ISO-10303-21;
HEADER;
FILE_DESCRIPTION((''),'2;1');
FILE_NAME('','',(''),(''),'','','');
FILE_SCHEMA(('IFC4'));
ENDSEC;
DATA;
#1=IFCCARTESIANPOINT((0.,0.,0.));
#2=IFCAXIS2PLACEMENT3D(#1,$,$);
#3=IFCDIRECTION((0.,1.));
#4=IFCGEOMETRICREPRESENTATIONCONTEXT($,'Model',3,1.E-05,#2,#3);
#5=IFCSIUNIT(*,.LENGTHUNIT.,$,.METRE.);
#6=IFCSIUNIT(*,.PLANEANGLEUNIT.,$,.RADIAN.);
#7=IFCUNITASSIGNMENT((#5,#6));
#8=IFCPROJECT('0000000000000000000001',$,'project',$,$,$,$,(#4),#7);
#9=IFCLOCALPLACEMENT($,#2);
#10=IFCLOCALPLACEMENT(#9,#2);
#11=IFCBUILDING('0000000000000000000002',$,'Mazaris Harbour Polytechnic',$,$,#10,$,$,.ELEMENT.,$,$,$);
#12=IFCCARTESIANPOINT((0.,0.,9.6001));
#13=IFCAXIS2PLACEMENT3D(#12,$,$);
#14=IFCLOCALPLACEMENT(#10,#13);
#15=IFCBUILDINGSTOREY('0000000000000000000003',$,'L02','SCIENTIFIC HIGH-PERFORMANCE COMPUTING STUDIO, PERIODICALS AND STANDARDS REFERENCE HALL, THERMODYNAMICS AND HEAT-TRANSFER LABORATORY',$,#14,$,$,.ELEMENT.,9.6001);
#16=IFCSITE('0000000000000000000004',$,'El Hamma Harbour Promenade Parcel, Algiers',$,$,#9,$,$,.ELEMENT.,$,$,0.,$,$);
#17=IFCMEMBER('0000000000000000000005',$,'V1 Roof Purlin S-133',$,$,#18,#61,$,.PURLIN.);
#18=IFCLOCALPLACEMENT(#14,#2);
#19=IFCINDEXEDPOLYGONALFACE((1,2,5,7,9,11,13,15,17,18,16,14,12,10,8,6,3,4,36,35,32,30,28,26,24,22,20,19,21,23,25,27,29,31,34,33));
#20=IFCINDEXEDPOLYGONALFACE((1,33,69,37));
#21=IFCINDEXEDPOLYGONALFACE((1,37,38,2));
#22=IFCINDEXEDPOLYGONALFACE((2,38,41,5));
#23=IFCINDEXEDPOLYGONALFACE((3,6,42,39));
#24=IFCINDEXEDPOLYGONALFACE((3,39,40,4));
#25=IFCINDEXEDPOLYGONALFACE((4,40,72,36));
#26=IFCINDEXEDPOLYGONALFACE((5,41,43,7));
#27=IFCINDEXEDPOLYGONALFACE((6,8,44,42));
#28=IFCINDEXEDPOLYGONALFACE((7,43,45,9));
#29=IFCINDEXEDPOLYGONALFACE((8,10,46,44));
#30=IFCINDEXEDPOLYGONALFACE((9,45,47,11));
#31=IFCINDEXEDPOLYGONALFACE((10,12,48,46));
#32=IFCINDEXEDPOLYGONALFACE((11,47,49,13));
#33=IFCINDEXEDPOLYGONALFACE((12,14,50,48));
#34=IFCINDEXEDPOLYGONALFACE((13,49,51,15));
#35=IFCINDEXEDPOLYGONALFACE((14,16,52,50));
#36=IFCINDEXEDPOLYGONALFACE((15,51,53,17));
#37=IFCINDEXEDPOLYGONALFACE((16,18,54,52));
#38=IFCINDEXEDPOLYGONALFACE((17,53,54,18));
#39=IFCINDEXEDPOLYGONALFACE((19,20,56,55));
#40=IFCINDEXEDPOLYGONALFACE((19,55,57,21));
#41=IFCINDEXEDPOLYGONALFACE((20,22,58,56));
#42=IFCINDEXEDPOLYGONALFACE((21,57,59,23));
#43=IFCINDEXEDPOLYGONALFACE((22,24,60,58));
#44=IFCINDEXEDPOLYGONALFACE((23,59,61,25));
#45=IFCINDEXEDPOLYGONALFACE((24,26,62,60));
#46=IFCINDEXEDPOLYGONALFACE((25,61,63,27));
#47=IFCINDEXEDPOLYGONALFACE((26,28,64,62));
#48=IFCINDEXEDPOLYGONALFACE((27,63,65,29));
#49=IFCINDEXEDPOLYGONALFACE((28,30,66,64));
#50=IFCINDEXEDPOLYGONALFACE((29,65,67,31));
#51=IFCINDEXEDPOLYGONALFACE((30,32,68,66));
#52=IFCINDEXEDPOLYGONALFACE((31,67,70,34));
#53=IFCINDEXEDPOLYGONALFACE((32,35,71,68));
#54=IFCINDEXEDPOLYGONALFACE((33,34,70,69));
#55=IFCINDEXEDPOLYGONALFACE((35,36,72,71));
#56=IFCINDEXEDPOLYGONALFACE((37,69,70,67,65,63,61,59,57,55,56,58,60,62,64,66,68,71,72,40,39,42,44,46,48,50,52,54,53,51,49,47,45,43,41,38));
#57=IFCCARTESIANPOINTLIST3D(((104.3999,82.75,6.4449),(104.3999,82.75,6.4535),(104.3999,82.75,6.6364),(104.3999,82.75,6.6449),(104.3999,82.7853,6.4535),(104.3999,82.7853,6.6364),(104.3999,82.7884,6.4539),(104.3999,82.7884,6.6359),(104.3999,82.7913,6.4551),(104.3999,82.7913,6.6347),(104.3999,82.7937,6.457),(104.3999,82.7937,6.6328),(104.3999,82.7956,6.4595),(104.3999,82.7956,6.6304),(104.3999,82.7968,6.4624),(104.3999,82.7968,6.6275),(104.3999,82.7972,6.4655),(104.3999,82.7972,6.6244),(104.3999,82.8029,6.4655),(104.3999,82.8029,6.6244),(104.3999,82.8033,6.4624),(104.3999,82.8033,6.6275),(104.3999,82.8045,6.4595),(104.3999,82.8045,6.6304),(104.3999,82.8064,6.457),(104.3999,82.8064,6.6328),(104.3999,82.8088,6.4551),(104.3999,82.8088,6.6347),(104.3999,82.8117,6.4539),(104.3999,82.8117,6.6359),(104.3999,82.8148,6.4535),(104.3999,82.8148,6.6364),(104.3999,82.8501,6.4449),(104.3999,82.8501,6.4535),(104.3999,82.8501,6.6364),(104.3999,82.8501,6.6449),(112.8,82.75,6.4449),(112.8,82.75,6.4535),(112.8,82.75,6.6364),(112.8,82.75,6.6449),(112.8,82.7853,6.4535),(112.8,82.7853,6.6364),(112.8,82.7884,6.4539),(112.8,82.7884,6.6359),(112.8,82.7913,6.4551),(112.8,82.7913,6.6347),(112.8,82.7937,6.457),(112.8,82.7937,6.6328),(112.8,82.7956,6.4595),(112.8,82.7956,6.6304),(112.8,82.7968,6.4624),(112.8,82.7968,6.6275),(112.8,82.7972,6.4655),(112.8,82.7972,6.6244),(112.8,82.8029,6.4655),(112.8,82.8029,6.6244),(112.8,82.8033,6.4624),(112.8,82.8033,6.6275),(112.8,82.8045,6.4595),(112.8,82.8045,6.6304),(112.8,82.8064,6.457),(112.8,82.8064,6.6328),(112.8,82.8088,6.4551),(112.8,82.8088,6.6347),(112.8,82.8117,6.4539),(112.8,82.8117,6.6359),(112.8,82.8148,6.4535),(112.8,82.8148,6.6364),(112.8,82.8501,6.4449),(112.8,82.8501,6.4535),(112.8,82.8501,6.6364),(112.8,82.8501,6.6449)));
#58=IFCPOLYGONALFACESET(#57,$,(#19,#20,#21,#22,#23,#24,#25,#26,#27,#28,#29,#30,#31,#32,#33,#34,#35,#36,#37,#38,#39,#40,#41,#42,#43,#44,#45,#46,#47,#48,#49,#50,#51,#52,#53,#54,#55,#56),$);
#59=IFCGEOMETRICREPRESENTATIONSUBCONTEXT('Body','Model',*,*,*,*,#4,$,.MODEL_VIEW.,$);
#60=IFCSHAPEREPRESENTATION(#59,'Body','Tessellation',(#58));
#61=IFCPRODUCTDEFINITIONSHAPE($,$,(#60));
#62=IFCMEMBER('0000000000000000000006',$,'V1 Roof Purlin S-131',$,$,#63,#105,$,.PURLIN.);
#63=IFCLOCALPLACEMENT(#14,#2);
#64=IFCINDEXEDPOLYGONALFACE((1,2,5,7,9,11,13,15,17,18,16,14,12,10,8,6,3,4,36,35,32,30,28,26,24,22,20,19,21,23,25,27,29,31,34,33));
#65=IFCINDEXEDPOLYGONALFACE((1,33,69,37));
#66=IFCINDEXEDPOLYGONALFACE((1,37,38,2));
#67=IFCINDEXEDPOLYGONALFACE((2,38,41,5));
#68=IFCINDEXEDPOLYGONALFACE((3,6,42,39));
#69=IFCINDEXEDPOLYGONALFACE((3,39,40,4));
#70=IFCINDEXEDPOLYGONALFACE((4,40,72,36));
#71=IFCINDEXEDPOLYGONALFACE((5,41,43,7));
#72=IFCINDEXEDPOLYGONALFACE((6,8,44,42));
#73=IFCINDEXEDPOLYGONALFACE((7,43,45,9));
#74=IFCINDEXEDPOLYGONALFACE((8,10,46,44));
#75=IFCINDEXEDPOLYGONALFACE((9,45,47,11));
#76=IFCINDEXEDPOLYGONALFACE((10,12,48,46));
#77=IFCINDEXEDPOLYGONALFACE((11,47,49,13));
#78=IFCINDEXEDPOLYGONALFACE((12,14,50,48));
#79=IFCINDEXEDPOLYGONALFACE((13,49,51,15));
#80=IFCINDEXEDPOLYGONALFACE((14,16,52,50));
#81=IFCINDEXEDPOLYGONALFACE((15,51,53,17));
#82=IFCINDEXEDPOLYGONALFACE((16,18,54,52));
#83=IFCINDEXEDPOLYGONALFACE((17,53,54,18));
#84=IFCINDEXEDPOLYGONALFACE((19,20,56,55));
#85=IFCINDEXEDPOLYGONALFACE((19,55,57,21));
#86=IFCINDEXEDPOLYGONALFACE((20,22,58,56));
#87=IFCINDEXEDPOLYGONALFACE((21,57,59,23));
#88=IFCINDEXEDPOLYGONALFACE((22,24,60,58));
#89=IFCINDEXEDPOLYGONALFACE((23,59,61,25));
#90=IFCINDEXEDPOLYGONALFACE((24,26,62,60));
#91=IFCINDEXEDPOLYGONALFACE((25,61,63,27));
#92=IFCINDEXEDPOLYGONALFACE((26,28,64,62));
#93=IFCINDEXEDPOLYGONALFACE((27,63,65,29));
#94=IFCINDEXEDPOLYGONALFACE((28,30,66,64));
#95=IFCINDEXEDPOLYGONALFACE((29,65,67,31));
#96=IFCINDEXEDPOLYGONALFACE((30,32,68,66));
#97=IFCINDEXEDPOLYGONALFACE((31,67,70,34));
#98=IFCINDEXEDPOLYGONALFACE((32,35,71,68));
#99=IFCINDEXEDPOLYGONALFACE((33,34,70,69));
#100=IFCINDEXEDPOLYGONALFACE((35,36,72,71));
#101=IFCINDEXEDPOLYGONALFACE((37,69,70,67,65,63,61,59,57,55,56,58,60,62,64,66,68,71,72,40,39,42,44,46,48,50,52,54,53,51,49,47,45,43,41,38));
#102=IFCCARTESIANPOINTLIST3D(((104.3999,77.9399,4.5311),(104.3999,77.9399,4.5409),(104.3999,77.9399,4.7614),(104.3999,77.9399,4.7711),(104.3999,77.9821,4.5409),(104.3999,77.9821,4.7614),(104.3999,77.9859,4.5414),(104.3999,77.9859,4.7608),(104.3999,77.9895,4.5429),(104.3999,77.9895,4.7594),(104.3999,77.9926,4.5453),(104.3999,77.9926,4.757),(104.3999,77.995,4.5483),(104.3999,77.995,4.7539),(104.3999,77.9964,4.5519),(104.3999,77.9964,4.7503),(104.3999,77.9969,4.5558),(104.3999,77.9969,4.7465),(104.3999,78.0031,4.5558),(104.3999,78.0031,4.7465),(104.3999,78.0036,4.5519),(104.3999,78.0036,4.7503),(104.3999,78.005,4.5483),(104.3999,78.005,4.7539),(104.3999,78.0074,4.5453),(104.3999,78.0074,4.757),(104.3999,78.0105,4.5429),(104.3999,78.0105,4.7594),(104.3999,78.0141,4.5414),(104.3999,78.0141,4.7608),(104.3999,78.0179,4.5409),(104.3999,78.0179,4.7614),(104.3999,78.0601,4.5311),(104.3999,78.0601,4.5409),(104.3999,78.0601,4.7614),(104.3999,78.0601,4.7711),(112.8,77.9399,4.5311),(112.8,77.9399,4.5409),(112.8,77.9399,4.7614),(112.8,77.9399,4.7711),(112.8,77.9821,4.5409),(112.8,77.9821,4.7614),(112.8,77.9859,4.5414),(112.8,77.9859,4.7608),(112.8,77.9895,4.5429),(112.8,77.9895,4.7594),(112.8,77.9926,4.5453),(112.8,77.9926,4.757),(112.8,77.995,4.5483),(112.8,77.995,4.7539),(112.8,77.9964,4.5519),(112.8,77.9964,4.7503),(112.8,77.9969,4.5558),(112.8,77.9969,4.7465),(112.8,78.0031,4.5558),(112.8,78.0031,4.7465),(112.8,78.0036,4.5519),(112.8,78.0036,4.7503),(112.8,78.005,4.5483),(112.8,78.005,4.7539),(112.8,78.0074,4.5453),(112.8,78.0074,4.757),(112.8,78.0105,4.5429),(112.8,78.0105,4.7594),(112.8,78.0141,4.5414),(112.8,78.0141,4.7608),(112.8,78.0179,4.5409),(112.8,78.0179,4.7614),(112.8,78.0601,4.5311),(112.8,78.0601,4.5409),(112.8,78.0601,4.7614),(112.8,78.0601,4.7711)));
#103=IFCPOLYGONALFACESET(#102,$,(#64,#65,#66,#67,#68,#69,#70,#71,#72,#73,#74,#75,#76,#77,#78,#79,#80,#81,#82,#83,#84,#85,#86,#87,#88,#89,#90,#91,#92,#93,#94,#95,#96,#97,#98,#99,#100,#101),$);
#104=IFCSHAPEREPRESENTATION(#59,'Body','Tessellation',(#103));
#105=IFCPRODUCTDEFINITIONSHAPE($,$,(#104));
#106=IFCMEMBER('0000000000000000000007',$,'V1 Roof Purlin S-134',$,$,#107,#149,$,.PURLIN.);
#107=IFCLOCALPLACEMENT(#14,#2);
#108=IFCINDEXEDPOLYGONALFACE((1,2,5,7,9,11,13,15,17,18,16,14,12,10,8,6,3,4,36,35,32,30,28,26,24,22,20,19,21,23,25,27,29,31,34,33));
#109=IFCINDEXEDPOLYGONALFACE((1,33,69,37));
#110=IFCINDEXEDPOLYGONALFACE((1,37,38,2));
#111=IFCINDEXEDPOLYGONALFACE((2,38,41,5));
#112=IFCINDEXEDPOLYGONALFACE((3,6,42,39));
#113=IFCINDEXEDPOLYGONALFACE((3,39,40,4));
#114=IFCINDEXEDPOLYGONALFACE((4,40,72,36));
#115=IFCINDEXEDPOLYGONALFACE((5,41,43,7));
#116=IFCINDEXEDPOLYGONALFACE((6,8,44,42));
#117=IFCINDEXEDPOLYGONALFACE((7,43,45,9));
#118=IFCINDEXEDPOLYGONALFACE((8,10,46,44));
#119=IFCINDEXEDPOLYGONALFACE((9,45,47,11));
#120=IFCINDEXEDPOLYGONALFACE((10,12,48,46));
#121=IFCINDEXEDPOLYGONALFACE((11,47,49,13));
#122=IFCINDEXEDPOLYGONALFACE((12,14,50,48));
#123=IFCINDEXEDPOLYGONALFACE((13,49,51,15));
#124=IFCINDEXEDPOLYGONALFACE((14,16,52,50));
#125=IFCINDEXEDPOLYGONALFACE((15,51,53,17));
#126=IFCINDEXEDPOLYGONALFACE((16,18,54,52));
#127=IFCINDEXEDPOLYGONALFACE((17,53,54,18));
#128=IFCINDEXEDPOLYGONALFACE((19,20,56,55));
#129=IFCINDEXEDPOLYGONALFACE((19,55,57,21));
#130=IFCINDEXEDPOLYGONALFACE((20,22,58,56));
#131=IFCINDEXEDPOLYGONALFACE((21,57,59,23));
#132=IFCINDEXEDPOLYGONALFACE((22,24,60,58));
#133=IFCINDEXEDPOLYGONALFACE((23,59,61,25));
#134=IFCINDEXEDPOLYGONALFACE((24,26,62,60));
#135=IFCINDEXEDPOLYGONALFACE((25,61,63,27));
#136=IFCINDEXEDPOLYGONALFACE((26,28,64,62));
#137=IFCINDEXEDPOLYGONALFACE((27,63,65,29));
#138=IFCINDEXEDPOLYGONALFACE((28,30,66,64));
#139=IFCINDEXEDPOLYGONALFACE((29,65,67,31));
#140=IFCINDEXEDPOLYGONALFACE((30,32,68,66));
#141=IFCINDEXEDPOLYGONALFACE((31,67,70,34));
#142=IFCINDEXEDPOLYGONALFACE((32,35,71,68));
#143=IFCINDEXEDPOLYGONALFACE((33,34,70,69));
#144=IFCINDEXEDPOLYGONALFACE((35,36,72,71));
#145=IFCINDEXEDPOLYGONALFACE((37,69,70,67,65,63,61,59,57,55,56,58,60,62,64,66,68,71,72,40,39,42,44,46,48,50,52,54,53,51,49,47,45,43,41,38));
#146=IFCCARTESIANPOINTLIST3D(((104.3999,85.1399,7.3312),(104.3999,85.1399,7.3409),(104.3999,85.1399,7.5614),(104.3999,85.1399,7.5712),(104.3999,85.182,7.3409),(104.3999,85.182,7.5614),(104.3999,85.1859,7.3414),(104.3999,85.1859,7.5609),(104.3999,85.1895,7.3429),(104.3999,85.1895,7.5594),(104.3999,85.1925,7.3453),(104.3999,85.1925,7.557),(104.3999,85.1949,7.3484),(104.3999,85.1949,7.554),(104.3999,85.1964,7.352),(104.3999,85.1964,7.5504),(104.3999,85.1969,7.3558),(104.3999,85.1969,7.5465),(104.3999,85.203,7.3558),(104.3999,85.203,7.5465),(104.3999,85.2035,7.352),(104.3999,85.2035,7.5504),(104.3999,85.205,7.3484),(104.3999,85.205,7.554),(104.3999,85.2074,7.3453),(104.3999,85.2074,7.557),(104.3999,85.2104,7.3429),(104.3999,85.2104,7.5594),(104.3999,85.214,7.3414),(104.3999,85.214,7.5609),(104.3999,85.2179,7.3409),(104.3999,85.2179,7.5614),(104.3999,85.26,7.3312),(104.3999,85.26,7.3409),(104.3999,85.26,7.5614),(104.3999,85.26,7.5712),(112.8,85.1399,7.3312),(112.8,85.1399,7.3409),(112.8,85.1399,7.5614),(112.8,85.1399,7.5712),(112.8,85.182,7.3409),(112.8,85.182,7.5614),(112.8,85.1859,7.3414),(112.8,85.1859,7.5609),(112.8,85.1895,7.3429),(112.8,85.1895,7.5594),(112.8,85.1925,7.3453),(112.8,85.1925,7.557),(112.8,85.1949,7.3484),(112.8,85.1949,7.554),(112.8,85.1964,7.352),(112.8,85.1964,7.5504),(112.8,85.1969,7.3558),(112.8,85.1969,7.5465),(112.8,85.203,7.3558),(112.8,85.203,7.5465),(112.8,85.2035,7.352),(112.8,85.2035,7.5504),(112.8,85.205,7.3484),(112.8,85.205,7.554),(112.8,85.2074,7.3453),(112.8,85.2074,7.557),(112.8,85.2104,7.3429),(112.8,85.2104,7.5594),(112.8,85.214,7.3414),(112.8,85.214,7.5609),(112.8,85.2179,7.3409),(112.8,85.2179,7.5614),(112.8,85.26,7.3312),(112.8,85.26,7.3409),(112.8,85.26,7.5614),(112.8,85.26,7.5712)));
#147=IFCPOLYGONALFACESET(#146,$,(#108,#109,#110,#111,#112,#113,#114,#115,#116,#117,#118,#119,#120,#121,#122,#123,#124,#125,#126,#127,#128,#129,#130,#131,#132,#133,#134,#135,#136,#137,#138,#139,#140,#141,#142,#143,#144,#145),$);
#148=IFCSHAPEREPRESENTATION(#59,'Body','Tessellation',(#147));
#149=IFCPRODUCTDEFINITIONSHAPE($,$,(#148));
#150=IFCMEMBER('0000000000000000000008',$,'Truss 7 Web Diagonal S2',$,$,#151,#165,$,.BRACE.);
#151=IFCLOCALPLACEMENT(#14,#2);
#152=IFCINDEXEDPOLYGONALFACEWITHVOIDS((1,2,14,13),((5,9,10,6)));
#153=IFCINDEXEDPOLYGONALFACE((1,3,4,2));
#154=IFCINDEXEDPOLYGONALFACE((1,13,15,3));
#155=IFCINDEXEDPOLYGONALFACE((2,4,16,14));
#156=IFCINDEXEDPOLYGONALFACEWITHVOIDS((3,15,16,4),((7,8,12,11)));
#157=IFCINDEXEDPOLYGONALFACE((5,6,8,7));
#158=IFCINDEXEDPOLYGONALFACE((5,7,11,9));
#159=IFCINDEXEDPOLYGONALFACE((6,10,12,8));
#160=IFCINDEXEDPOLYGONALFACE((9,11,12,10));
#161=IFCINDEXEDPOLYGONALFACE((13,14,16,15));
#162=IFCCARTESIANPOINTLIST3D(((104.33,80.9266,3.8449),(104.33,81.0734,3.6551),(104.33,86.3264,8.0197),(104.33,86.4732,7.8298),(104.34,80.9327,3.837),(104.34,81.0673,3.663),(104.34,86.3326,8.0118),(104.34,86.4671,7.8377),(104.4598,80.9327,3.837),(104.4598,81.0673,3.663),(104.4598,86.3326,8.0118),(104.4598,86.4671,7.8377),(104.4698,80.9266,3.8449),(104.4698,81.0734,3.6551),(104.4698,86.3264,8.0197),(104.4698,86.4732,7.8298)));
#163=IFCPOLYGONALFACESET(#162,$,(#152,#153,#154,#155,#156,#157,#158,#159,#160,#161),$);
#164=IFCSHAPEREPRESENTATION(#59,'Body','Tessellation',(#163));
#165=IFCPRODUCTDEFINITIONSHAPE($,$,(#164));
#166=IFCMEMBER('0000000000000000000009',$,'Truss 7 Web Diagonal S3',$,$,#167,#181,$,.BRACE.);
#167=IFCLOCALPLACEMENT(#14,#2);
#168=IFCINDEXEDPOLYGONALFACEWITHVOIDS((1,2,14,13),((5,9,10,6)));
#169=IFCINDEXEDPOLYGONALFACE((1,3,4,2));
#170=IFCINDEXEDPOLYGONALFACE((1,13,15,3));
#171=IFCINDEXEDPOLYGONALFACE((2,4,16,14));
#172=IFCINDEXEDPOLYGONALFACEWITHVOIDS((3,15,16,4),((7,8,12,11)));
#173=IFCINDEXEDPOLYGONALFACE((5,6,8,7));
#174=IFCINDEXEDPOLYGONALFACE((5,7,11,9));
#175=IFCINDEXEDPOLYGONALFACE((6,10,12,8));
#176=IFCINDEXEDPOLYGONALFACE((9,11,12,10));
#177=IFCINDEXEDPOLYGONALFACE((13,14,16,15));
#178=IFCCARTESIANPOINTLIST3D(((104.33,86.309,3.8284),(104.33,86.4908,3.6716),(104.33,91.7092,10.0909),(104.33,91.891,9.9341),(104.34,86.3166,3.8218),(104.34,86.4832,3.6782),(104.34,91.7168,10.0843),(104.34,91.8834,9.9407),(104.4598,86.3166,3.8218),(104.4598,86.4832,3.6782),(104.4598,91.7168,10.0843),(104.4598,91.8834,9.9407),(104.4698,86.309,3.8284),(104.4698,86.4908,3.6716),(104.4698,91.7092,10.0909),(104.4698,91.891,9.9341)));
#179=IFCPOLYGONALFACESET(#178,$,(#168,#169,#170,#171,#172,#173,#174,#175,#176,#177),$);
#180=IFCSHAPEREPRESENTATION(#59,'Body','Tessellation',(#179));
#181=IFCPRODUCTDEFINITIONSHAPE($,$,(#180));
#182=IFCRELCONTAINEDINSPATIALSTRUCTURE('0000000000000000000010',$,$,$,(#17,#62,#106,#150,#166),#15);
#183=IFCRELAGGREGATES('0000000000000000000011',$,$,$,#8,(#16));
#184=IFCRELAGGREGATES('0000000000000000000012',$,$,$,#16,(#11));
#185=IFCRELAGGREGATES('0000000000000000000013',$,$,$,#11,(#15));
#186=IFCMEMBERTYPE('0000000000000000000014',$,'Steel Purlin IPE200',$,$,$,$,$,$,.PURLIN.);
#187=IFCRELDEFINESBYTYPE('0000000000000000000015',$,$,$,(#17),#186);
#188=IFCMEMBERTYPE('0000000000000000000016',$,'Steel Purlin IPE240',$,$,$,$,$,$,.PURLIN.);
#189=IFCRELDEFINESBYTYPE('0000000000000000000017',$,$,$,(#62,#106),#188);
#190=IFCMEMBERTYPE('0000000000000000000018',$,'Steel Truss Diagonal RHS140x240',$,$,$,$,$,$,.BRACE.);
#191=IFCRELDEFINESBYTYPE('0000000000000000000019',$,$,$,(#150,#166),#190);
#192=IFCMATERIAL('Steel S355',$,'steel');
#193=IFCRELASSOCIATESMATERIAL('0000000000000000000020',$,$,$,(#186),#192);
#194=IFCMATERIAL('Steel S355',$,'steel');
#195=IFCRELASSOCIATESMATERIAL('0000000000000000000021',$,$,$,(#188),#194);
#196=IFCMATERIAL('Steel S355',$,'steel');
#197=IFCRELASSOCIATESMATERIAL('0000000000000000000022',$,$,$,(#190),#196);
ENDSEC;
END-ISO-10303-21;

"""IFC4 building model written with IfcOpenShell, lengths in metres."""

from ifc_helpers import new_model, si_unit, direction, frame, origin, origin_2d, place, context, subcontext, project, spatial, hollow_rectangle, i_section, extrude, material, material_profile, profile_set, type_object, element, save


model = new_model("IFC4")

# Units and contexts
model_context = context("Model", 3, precision=1e-05, world=origin(), true_north=direction((0.0, 1.0)))
body_context = subcontext(model_context, "Body", "Model", "MODEL_VIEW")
ifc_project = project(units=[si_unit("LENGTHUNIT", "METRE"), si_unit("PLANEANGLEUNIT", "RADIAN")], contexts=[model_context])

# Site, building, storey
site_placement = place(None, origin())
site = spatial("IfcSite", under=ifc_project, at=site_placement, Name="El Hamma Harbour Promenade Parcel, Algiers", CompositionType="ELEMENT", RefElevation=0.0)
building_placement = place(site_placement, origin())
building = spatial("IfcBuilding", under=site, at=building_placement, Name="Mazaris Harbour Polytechnic", CompositionType="ELEMENT")
storey_placement = place(building_placement, frame((0.0, 0.0, 9.6001)))
storey = spatial("IfcBuildingStorey", under=building, at=storey_placement, Name="L02", Description="SCIENTIFIC HIGH-PERFORMANCE COMPUTING STUDIO, PERIODICALS AND STANDARDS REFERENCE HALL, THERMODYNAMICS AND HEAT-TRANSFER LABORATORY", CompositionType="ELEMENT", Elevation=9.6001)

# Members
ifc_material_1 = material(Name="Steel S355", Category="steel")
ifc_material_profile_1 = material_profile(ifc_material_1, i_section(OverallWidth=0.1001, OverallDepth=0.2, WebThickness=0.0056, FlangeThickness=0.0085, FilletRadius=0.012, at=origin_2d()), Name="IPE 200")
ifc_profile_set_1 = profile_set([ifc_material_profile_1], Name="Steel S355")
member_type_1 = type_object("IfcMemberType", Name="Steel Purlin IPE200", PredefinedType="PURLIN", material=ifc_profile_set_1)
member_1_placement = place(storey_placement, frame((104.3999, 82.8, 6.5449), z_axis=(1.0, 0.0, 0.0), x_axis=(0.0, 1.0, 0.0)))
element("IfcMember", 1, at=member_1_placement, inside=storey, type_object=member_type_1, Name="V1 Roof Purlin S-133", PredefinedType="PURLIN", context=body_context, shape_type="SweptSolid", body=[
    extrude(i_section(OverallWidth=0.1001, OverallDepth=0.2, WebThickness=0.0056, FlangeThickness=0.0085, FilletRadius=0.012, at=origin_2d()), origin(), (0.0, 0.0, 1.0), 8.4001),
])
ifc_material_2 = material(Name="Steel S355", Category="steel")
ifc_material_profile_2 = material_profile(ifc_material_2, i_section(OverallWidth=0.1201, OverallDepth=0.24, WebThickness=0.0061, FlangeThickness=0.0098, FilletRadius=0.0149, at=origin_2d()), Name="IPE 240")
ifc_profile_set_2 = profile_set([ifc_material_profile_2], Name="Steel S355")
member_type_2 = type_object("IfcMemberType", Name="Steel Purlin IPE240", PredefinedType="PURLIN", material=ifc_profile_set_2)
for number, where, z_axis, x_axis, name in (
    (2, (104.3999, 78.0, 4.6511), (1.0, 0.0, 0.0), (0.0, 1.0, 0.0), "V1 Roof Purlin S-131"),
    (3, (104.3999, 85.2, 7.4512), (1.0, 0.0, 0.0), (0.0, 1.0, 0.0), "V1 Roof Purlin S-134"),
):
    element("IfcMember", number, at=place(storey_placement, frame(where, z_axis=z_axis, x_axis=x_axis)), inside=storey, type_object=member_type_2, Name=name, PredefinedType="PURLIN", context=body_context, shape_type="SweptSolid", body=[
        extrude(i_section(OverallWidth=0.1201, OverallDepth=0.24, WebThickness=0.0061, FlangeThickness=0.0098, FilletRadius=0.0149, at=origin_2d()), origin(), (0.0, 0.0, 1.0), 8.4001),
    ])
ifc_material_3 = material(Name="Steel S355", Category="steel")
ifc_material_profile_3 = material_profile(ifc_material_3, hollow_rectangle(XDim=0.1399, YDim=0.24, WallThickness=0.01, at=origin_2d()), Name="RHS 140x240x10.0")
ifc_profile_set_3 = profile_set([ifc_material_profile_3], Name="Steel S355")
member_type_3 = type_object("IfcMemberType", Name="Steel Truss Diagonal RHS140x240", PredefinedType="BRACE", material=ifc_profile_set_3)
member_2_placement = place(storey_placement, frame((104.3999, 81.0, 3.75), z_axis=(0.0, 0.791132, 0.611645), x_axis=(-1.0, 0.0, 0.0)))
element("IfcMember", 4, at=member_2_placement, inside=storey, type_object=member_type_3, Name="Truss 7 Web Diagonal S2", PredefinedType="BRACE", context=body_context, shape_type="SweptSolid", body=[
    extrude(hollow_rectangle(XDim=0.1399, YDim=0.24, WallThickness=0.01, at=origin_2d()), origin(), (0.0, 0.0, 1.0), 6.8254),
])
member_3_placement = place(storey_placement, frame((104.3999, 86.3999, 3.75), z_axis=(0.0, 0.653042, 0.757321), x_axis=(-1.0, 0.0, 0.0)))
element("IfcMember", 5, at=member_3_placement, inside=storey, type_object=member_type_3, Name="Truss 7 Web Diagonal S3", PredefinedType="BRACE", context=body_context, shape_type="SweptSolid", body=[
    extrude(hollow_rectangle(XDim=0.1399, YDim=0.24, WallThickness=0.01, at=origin_2d()), origin(), (0.0, 0.0, 1.0), 8.2693),
])

save(model, "model.ifc")
